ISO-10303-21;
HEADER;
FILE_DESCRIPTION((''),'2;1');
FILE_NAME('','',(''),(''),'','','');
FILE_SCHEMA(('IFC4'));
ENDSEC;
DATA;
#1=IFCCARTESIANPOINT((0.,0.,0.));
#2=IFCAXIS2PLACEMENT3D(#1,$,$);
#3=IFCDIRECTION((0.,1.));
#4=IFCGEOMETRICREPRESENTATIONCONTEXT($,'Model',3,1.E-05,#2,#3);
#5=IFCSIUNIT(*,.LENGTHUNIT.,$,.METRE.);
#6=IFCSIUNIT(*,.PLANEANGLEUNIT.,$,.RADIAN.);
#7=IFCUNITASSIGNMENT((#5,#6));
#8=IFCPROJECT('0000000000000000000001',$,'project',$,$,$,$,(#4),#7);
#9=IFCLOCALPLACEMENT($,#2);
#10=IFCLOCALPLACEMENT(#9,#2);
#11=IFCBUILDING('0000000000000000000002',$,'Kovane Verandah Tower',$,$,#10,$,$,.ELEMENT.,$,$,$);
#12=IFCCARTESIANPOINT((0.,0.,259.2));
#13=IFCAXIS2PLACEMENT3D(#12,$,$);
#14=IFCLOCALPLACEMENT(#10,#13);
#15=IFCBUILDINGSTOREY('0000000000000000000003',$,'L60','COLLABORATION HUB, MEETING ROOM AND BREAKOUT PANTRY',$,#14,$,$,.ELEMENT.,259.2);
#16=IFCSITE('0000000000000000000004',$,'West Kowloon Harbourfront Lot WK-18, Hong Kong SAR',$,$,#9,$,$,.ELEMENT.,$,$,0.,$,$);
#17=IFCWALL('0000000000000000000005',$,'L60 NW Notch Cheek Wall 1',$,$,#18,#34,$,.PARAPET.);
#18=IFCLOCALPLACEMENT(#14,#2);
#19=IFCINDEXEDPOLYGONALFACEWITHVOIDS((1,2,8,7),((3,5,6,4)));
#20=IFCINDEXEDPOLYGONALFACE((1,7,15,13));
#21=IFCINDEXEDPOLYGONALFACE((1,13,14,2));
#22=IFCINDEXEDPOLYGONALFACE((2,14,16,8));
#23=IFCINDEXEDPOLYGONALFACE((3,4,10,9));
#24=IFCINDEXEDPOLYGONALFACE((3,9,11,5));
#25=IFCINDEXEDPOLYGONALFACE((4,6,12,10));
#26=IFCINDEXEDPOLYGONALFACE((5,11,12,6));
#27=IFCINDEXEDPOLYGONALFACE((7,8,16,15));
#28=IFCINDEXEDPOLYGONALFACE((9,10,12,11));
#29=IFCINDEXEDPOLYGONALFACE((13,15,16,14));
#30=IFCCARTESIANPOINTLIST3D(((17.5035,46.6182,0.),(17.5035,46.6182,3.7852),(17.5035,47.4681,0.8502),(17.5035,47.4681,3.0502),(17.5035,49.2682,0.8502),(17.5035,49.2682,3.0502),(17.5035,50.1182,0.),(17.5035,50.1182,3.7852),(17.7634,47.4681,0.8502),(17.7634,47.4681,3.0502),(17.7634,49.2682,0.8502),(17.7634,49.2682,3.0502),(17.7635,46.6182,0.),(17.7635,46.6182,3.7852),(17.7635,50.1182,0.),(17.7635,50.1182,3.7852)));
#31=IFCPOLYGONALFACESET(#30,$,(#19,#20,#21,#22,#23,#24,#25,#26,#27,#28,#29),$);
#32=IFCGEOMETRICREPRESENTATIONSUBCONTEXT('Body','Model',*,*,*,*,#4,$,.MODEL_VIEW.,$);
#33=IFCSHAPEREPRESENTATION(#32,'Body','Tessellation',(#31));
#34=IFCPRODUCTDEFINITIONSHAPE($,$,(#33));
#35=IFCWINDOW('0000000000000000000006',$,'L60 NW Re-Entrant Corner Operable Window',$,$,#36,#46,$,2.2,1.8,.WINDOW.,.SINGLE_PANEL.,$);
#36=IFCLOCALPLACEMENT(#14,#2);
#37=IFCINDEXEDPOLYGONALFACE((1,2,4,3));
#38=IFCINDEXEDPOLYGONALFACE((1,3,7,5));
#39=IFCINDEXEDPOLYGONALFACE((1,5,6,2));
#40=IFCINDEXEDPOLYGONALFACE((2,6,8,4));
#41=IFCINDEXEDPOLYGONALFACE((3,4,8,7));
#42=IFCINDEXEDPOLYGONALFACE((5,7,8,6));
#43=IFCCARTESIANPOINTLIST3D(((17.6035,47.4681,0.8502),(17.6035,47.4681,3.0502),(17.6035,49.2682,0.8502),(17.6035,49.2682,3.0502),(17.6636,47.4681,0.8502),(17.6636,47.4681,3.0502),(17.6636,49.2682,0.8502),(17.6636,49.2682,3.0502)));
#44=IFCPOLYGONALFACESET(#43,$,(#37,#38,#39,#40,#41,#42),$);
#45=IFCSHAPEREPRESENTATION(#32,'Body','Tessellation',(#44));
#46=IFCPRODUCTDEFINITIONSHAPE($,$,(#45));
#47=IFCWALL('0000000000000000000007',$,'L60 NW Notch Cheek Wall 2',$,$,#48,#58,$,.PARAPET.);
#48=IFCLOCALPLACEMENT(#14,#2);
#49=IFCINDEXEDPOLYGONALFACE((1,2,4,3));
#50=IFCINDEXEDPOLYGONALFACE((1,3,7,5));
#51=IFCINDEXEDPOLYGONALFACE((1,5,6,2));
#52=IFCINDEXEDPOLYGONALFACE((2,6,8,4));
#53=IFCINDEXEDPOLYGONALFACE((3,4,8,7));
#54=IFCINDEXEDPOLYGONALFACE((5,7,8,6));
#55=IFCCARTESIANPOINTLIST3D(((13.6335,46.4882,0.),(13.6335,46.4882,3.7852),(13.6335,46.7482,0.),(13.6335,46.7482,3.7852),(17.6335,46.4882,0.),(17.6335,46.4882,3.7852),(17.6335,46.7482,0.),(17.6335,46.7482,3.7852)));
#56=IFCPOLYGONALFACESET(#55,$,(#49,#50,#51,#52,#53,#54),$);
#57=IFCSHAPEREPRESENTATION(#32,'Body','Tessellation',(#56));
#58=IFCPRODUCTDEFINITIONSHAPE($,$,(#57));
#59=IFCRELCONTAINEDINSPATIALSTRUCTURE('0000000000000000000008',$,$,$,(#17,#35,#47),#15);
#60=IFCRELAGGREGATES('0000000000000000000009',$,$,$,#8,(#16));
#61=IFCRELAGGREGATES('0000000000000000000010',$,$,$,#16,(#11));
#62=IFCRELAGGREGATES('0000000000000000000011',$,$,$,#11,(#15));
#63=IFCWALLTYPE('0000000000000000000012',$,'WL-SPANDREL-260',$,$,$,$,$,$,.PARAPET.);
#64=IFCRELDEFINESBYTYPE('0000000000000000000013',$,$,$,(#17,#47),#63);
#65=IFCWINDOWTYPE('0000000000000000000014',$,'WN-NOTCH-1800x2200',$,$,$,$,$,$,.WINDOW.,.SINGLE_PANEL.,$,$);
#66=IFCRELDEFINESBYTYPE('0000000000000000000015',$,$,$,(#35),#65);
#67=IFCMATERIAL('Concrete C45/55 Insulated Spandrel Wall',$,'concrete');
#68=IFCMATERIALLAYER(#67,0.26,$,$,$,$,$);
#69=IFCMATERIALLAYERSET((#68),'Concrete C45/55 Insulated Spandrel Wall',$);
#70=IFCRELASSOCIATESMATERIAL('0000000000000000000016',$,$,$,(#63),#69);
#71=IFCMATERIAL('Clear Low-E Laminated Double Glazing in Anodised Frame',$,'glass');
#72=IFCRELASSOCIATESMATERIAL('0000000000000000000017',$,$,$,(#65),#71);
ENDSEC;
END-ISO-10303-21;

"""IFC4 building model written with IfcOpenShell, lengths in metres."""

from ifc_helpers import new_model, si_unit, direction, frame, frame_2d, origin, place, context, subcontext, project, spatial, rectangle, extrude, material, layer, layer_set, type_object, element, fill, save


model = new_model("IFC4")

# Units and contexts
model_context = context("Model", 3, precision=1e-05, world=origin(), true_north=direction((0.0, 1.0)))
body_context = subcontext(model_context, "Body", "Model", "MODEL_VIEW")
ifc_project = project(units=[si_unit("LENGTHUNIT", "METRE"), si_unit("PLANEANGLEUNIT", "RADIAN")], contexts=[model_context])

# Site, building, storey
site_placement = place(None, origin())
site = spatial("IfcSite", under=ifc_project, at=site_placement, Name="West Kowloon Harbourfront Lot WK-18, Hong Kong SAR", CompositionType="ELEMENT", RefElevation=0.0)
building_placement = place(site_placement, origin())
building = spatial("IfcBuilding", under=site, at=building_placement, Name="Kovane Verandah Tower", CompositionType="ELEMENT")
storey_placement = place(building_placement, frame((0.0, 0.0, 259.2)))
storey = spatial("IfcBuildingStorey", under=building, at=storey_placement, Name="L60", Description="COLLABORATION HUB, MEETING ROOM AND BREAKOUT PANTRY", CompositionType="ELEMENT", Elevation=259.2)

# Wall, opening, window
ifc_material_1 = material(Name="Concrete C45/55 Insulated Spandrel Wall", Category="concrete")
ifc_layer_1 = layer(ifc_material_1, 0.26)
ifc_layer_set_1 = layer_set([ifc_layer_1], Name="Concrete C45/55 Insulated Spandrel Wall")
wall_type = type_object("IfcWallType", Name="WL-SPANDREL-260", PredefinedType="PARAPET", material=ifc_layer_set_1)
wall_1_placement = place(storey_placement, frame((17.6335, 50.1182, 0.0), z_axis=(0.0, 0.0, 1.0), x_axis=(0.0, -1.0, 0.0)))
wall_1 = element("IfcWall", 1, at=wall_1_placement, inside=storey, type_object=wall_type, Name="L60 NW Notch Cheek Wall 1", PredefinedType="PARAPET", context=body_context, shape_type="SweptSolid", body=[
    extrude(rectangle(XDim=3.5, YDim=0.26, at=frame_2d((1.75, 0.0))), origin(), (0.0, 0.0, 1.0), 3.7852),
])
opening_placement = place(wall_1_placement, frame((0.8501, 0.0, 0.8501)))
opening = element("IfcOpeningElement", 2, at=opening_placement, cuts=wall_1, PredefinedType="OPENING", context=body_context, shape_type="SweptSolid", body=[
    extrude(rectangle(XDim=1.8, YDim=2.2, at=frame_2d((0.8999, 1.1001))), frame((0.0, 0.1299, 0.0), z_axis=(0.0, -1.0, 0.0), x_axis=(1.0, 0.0, 0.0)), (0.0, 0.0, 1.0), 0.26),
])
ifc_material_2 = material(Name="Clear Low-E Laminated Double Glazing in Anodised Frame", Category="glass")
window_type = type_object("IfcWindowType", Name="WN-NOTCH-1800x2200", PartitioningType="SINGLE_PANEL", PredefinedType="WINDOW", material=ifc_material_2)
window_placement = place(opening_placement, origin())
window = element("IfcWindow", 3, at=window_placement, inside=storey, type_object=window_type, Name="L60 NW Re-Entrant Corner Operable Window", OverallHeight=2.2, OverallWidth=1.8, PartitioningType="SINGLE_PANEL", PredefinedType="WINDOW", context=body_context, shape_type="SweptSolid", body=[
    extrude(rectangle(XDim=1.8, YDim=2.2, at=frame_2d((0.8999, 1.1001))), frame((0.0, 0.03, 0.0), z_axis=(0.0, -1.0, 0.0), x_axis=(1.0, 0.0, 0.0)), (0.0, 0.0, 1.0), 0.0601),
])
fill(opening, window)

# Wall
wall_2_placement = place(storey_placement, frame((17.6335, 46.6182, 0.0), z_axis=(0.0, 0.0, 1.0), x_axis=(-1.0, 0.0, 0.0)))
element("IfcWall", 4, at=wall_2_placement, inside=storey, type_object=wall_type, Name="L60 NW Notch Cheek Wall 2", PredefinedType="PARAPET", context=body_context, shape_type="SweptSolid", body=[
    extrude(rectangle(XDim=4.0, YDim=0.26, at=frame_2d((2.0, 0.0))), origin(), (0.0, 0.0, 1.0), 3.7852),
])

save(model, "model.ifc")
